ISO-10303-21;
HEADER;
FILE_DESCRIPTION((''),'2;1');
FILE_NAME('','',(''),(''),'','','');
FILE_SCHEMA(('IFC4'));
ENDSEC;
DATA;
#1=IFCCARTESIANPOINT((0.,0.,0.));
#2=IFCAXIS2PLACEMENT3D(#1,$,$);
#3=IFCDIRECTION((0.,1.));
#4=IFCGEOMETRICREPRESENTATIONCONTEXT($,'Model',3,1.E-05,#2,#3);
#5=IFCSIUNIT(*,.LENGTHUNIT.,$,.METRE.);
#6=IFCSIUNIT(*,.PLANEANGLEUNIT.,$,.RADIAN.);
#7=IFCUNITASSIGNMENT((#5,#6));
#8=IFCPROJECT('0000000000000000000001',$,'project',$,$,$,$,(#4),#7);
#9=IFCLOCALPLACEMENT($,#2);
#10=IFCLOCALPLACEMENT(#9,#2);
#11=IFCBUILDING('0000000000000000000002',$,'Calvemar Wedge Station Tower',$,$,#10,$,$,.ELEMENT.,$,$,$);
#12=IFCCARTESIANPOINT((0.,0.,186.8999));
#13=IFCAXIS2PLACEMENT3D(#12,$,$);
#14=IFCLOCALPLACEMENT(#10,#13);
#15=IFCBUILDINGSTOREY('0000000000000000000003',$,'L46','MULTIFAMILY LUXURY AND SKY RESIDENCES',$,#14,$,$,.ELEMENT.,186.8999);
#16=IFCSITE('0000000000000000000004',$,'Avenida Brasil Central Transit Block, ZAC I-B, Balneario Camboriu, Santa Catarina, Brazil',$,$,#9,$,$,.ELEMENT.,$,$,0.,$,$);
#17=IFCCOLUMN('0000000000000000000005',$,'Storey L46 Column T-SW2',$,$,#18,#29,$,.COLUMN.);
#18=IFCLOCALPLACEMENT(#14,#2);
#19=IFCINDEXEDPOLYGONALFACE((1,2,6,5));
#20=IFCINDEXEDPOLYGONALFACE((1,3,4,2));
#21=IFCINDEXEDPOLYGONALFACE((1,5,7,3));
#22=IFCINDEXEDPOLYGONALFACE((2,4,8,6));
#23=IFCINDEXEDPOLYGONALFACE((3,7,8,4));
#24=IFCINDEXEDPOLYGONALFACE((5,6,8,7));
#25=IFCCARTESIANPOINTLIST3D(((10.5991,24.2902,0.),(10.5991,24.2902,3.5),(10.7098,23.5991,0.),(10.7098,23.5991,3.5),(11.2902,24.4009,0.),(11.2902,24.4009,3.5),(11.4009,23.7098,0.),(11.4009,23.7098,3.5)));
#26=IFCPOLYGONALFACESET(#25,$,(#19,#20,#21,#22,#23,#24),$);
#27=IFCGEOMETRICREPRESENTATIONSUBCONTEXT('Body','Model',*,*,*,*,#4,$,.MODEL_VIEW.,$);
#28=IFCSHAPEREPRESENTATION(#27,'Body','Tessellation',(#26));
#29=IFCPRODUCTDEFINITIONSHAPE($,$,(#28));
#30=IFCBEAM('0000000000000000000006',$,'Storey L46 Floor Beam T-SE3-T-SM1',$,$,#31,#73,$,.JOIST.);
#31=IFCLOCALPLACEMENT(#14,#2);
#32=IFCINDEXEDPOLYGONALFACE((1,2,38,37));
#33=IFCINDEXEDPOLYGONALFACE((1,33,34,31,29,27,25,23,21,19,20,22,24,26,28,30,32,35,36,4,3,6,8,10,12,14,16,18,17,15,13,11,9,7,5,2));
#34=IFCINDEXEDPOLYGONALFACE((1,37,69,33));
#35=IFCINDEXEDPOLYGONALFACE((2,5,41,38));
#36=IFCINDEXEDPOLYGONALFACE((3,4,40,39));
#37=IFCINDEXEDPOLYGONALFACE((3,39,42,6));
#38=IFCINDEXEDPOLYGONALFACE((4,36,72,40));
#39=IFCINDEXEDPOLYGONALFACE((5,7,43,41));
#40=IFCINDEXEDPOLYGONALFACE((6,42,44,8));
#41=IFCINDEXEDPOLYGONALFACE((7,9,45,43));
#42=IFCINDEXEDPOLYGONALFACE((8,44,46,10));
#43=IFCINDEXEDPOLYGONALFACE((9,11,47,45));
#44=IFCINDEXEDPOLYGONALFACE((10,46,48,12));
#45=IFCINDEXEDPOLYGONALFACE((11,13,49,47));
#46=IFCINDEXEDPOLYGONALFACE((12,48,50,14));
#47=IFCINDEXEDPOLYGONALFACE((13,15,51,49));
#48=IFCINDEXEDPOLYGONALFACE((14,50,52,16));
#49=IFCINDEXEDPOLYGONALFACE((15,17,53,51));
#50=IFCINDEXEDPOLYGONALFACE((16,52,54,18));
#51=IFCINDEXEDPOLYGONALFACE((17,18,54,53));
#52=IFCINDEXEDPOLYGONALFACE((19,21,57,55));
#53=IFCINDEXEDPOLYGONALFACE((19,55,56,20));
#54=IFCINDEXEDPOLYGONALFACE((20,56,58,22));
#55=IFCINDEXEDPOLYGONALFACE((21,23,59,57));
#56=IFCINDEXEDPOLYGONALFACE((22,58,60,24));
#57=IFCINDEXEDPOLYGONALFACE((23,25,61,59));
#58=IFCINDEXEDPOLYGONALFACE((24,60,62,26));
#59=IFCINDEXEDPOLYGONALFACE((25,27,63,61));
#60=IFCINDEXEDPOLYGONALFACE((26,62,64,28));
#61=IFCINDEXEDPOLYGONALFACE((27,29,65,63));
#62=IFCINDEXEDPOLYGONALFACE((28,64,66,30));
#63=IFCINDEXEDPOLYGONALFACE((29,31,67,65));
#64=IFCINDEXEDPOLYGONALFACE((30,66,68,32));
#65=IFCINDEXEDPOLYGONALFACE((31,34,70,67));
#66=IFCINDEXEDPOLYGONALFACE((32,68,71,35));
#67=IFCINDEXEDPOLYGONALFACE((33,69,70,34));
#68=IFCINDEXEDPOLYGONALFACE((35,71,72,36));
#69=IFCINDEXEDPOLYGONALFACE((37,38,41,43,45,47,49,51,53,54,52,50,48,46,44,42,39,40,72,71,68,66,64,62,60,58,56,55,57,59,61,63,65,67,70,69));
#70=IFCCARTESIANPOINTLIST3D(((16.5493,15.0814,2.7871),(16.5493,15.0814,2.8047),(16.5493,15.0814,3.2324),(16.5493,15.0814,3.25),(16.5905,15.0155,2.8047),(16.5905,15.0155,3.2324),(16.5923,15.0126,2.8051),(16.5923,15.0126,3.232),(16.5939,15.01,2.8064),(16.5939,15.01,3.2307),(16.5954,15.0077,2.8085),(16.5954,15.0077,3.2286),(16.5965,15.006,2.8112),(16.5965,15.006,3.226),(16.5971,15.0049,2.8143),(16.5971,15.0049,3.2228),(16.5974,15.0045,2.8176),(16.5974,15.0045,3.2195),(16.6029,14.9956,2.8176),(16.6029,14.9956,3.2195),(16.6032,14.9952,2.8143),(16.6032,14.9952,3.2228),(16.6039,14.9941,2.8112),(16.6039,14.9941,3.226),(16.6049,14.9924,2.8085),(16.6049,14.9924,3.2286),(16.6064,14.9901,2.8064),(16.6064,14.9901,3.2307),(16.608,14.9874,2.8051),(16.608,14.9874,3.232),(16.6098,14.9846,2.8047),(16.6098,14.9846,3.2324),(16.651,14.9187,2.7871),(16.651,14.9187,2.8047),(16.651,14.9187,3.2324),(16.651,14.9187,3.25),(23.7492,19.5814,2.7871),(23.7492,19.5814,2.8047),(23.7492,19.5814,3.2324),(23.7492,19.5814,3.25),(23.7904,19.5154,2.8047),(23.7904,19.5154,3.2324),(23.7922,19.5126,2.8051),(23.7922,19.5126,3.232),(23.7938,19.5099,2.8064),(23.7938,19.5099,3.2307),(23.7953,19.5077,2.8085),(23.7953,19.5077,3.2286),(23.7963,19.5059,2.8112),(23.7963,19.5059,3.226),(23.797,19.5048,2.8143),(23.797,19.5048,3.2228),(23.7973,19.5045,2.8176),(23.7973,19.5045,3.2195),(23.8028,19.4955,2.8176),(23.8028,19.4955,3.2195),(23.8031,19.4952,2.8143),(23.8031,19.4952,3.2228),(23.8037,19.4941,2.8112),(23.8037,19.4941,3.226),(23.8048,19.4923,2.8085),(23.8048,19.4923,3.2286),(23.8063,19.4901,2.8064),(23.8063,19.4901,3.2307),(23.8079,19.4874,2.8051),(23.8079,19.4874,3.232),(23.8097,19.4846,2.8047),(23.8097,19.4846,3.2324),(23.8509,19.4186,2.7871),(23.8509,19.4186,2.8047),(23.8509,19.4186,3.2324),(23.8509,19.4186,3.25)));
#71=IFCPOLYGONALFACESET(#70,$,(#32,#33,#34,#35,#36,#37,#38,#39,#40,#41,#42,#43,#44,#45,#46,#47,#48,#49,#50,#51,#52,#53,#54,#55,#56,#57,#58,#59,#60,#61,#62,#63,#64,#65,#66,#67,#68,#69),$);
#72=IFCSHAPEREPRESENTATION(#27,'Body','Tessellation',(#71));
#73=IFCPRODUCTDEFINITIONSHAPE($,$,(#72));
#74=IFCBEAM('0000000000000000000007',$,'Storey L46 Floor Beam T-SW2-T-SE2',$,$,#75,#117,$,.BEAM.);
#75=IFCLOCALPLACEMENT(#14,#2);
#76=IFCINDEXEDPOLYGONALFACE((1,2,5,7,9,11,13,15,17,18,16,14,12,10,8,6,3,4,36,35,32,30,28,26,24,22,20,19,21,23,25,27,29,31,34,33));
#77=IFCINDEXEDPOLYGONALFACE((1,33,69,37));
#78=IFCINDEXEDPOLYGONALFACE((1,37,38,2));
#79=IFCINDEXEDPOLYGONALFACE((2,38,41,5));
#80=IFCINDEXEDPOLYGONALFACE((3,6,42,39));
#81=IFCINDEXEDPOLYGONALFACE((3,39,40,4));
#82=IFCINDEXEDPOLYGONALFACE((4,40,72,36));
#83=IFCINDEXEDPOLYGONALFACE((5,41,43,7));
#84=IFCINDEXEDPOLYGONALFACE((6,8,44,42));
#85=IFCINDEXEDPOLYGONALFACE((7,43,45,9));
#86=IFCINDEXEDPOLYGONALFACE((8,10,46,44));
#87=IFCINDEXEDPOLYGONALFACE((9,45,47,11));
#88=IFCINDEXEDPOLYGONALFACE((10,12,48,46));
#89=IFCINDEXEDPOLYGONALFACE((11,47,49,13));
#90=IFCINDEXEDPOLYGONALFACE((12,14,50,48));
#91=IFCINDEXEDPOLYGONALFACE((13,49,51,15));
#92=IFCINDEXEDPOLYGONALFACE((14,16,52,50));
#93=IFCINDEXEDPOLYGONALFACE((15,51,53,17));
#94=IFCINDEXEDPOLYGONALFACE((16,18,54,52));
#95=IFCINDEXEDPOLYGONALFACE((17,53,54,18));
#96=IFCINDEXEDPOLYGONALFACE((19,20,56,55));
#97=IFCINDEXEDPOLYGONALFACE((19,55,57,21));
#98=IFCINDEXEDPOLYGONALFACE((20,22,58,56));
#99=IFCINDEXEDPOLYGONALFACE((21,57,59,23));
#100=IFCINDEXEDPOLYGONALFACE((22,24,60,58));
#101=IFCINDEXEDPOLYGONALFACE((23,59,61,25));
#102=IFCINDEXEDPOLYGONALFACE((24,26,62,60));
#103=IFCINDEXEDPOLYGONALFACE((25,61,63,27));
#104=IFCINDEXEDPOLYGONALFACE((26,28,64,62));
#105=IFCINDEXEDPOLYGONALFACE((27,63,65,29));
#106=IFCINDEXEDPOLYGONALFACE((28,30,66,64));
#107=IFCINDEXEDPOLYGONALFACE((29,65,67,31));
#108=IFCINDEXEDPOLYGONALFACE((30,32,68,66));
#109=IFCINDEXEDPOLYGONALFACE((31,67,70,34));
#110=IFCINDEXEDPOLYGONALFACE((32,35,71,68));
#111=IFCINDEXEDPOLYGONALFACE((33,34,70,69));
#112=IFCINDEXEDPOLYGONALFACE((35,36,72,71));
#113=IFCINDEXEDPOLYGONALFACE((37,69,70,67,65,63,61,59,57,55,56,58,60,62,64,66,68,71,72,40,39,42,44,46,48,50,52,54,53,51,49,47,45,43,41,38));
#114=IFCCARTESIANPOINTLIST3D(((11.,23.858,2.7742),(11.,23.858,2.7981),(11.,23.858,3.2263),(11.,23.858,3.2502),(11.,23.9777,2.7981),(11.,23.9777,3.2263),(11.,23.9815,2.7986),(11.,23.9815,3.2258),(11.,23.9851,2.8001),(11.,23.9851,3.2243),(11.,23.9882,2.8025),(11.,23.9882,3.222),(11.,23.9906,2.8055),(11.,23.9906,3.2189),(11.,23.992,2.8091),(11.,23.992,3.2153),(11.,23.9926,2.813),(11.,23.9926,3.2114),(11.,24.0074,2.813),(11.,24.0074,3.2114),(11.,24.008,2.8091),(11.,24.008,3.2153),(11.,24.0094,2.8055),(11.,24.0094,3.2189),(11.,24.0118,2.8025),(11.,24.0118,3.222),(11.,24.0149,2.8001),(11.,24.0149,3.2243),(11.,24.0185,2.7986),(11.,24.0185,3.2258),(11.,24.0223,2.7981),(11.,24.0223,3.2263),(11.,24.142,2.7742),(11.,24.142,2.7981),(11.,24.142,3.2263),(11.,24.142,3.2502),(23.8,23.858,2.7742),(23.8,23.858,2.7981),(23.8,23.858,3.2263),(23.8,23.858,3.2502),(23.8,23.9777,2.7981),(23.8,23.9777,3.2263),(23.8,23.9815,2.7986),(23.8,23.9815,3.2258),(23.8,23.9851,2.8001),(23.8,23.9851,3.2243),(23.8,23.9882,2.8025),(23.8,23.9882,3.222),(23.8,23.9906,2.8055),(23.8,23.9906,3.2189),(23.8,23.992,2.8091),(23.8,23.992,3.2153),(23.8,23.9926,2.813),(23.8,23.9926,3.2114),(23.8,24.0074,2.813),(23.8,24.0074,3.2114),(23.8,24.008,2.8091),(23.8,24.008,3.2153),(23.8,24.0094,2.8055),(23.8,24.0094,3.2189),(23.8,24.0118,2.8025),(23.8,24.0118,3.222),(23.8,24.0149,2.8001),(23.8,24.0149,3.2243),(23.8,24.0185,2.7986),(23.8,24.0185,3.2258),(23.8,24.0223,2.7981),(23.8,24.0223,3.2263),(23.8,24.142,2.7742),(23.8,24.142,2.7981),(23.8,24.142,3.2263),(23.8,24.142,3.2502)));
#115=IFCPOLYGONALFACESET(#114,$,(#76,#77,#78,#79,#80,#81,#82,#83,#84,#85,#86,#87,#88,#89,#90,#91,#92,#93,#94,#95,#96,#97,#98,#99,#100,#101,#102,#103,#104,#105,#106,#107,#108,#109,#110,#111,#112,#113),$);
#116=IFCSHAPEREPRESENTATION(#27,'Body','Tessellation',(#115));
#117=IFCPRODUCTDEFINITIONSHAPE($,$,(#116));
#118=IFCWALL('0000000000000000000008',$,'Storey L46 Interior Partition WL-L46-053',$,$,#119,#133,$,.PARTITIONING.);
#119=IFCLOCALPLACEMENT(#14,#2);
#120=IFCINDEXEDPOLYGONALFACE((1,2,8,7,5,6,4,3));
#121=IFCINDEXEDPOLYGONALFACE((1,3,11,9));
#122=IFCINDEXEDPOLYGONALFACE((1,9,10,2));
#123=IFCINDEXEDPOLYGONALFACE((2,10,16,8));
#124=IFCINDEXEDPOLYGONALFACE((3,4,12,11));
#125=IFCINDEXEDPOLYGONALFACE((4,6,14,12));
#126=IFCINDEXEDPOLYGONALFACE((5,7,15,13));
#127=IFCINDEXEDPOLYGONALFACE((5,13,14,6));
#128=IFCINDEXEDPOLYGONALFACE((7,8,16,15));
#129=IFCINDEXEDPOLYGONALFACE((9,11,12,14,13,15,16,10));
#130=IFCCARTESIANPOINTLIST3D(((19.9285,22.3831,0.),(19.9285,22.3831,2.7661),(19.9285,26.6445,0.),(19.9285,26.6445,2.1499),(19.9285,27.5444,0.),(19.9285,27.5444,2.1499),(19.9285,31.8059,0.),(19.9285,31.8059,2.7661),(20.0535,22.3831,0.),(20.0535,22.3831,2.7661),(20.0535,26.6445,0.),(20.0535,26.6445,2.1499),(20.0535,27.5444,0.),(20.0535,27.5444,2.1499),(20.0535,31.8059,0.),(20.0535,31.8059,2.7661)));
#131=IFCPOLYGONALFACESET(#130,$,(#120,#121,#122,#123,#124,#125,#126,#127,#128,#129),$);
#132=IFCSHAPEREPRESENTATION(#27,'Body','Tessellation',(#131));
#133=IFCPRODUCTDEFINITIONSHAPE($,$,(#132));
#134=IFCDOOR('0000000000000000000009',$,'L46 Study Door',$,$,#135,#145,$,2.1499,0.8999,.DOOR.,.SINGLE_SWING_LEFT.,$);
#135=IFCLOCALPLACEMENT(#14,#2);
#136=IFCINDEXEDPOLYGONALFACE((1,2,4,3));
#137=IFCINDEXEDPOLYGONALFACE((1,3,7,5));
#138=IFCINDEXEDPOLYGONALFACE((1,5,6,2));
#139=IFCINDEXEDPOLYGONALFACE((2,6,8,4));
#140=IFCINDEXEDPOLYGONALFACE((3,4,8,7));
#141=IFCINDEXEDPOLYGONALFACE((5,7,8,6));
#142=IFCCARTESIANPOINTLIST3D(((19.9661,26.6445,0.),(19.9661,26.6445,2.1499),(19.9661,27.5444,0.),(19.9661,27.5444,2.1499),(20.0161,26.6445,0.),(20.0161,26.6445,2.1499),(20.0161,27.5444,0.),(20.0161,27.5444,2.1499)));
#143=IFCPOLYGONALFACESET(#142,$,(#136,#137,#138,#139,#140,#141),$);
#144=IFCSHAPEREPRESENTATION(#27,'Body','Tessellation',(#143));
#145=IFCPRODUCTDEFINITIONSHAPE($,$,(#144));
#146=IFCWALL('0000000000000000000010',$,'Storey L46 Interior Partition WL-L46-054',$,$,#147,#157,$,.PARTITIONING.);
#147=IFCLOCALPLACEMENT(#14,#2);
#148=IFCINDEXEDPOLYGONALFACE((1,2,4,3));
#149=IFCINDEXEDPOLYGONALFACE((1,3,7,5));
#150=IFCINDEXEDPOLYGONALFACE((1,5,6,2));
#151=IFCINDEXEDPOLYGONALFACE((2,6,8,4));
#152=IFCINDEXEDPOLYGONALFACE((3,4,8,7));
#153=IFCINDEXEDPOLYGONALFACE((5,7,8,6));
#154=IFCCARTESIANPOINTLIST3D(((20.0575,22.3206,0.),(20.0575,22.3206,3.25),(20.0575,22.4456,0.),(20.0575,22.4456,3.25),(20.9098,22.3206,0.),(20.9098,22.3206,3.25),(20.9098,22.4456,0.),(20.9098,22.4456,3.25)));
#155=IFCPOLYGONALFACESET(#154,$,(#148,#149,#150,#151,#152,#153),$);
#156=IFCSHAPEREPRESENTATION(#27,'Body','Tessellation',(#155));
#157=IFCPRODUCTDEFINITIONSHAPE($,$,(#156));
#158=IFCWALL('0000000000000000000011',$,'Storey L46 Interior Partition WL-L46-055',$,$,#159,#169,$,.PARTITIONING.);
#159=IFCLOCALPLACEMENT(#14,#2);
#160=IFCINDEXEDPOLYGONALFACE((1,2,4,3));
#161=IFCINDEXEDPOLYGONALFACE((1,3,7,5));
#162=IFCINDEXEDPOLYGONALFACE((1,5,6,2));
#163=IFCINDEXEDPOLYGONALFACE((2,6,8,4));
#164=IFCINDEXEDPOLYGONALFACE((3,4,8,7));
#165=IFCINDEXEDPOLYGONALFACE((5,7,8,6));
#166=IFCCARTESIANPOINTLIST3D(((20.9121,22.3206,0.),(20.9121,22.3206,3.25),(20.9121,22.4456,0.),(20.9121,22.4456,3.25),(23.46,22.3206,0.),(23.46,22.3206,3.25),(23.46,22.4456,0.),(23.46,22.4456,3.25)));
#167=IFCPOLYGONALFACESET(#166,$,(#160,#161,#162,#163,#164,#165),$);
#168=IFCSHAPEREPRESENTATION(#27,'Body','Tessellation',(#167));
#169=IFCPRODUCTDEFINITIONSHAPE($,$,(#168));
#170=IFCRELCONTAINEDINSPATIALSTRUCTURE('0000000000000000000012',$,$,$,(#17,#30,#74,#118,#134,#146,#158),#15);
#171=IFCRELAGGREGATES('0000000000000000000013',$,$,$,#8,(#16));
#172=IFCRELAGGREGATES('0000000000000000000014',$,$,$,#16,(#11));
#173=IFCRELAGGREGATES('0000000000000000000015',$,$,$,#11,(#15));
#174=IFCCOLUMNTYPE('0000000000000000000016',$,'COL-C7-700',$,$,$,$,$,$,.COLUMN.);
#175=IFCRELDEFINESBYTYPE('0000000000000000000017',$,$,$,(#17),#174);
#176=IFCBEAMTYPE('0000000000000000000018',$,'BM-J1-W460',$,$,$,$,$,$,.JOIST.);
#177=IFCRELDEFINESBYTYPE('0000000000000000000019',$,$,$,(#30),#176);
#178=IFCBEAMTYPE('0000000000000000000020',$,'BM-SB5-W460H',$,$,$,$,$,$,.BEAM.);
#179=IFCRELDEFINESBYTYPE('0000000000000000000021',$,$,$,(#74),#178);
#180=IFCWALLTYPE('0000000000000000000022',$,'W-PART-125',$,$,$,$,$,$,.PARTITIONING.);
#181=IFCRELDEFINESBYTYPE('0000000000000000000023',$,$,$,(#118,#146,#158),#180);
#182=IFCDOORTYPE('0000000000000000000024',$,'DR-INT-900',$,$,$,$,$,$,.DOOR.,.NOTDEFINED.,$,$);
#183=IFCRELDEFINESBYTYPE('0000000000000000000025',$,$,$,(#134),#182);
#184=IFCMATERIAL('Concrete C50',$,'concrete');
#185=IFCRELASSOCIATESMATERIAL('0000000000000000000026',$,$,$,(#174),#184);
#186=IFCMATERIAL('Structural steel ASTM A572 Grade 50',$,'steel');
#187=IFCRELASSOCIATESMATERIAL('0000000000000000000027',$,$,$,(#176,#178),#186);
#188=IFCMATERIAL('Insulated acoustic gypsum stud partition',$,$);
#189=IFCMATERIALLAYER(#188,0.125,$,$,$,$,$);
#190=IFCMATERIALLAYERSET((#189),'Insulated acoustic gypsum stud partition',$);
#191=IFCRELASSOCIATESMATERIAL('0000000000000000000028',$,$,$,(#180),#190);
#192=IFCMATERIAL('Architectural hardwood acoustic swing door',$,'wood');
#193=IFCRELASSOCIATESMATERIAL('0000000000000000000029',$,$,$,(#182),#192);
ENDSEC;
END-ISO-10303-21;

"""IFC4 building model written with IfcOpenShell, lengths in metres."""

from ifc_helpers import new_model, si_unit, direction, frame, frame_2d, origin, origin_2d, place, context, subcontext, project, spatial, rectangle, i_section, extrude, source, transform, mapped, material, layer, layer_set, material_profile, profile_set, type_object, element, fill, save


model = new_model("IFC4")

# Units and contexts
model_context = context("Model", 3, precision=1e-05, world=origin(), true_north=direction((0.0, 1.0)))
body_context = subcontext(model_context, "Body", "Model", "MODEL_VIEW")
ifc_project = project(units=[si_unit("LENGTHUNIT", "METRE"), si_unit("PLANEANGLEUNIT", "RADIAN")], contexts=[model_context])

# Site, building, storey
site_placement = place(None, origin())
site = spatial("IfcSite", under=ifc_project, at=site_placement, Name="Avenida Brasil Central Transit Block, ZAC I-B, Balneario Camboriu, Santa Catarina, Brazil", CompositionType="ELEMENT", RefElevation=0.0)
building_placement = place(site_placement, origin())
building = spatial("IfcBuilding", under=site, at=building_placement, Name="Calvemar Wedge Station Tower", CompositionType="ELEMENT")
storey_placement = place(building_placement, frame((0.0, 0.0, 186.8999)))
storey = spatial("IfcBuildingStorey", under=building, at=storey_placement, Name="L46", Description="MULTIFAMILY LUXURY AND SKY RESIDENCES", CompositionType="ELEMENT", Elevation=186.8999)

# Column
ifc_material_1 = material(Name="Concrete C50", Category="concrete")
ifc_material_profile_1 = material_profile(ifc_material_1, rectangle(XDim=0.7, YDim=0.7, at=origin_2d()), Name="RC700x700")
ifc_profile_set_1 = profile_set([ifc_material_profile_1], Name="Concrete C50")
column_type = type_object("IfcColumnType", Name="COL-C7-700", PredefinedType="COLUMN", material=ifc_profile_set_1)
shared_shape_1 = source(origin(), body_context, "Body", "SweptSolid", [
    extrude(rectangle(XDim=0.7, YDim=0.7, at=origin_2d()), origin(), (0.0, 0.0, 1.0), 3.5),
])
column_placement = place(storey_placement, frame((11.0, 24.0, 0.0), z_axis=(0.0, 0.0, 1.0), x_axis=(0.158158, -0.987414, 0.0)))
element("IfcColumn", 1, at=column_placement, inside=storey, type_object=column_type, Name="Storey L46 Column T-SW2", PredefinedType="COLUMN", context=body_context, shape_type="MappedRepresentation", body=[
    mapped(shared_shape_1, transform((0.0, 0.0, 0.0), scale=1.0)),
])

# Beams
ifc_material_2 = material(Name="Structural steel ASTM A572 Grade 50", Category="steel")
ifc_material_profile_2 = material_profile(ifc_material_2, i_section(OverallWidth=0.1919, OverallDepth=0.4629, WebThickness=0.0105, FlangeThickness=0.0176, FilletRadius=0.0129, at=origin_2d()), Name="W460x89")
ifc_profile_set_2 = profile_set([ifc_material_profile_2], Name="Structural steel ASTM A572 Grade 50")
beam_type_1 = type_object("IfcBeamType", Name="BM-J1-W460", PredefinedType="JOIST", material=ifc_profile_set_2)
shared_shape_2 = source(origin(), body_context, "Body", "SweptSolid", [
    extrude(i_section(OverallWidth=0.1919, OverallDepth=0.4629, WebThickness=0.0105, FlangeThickness=0.0176, FilletRadius=0.0129, at=origin_2d()), origin(), (0.0, 0.0, 1.0), 8.4905),
])
beam_1_placement = place(storey_placement, frame((23.8, 19.5, 3.0186), z_axis=(-0.847997, -0.530002, 0.0), x_axis=(0.530002, -0.847997, 0.0)))
element("IfcBeam", 2, at=beam_1_placement, inside=storey, type_object=beam_type_1, Name="Storey L46 Floor Beam T-SE3-T-SM1", PredefinedType="JOIST", context=body_context, shape_type="MappedRepresentation", body=[
    mapped(shared_shape_2, transform((0.0, 0.0, 0.0), scale=1.0)),
])
ifc_material_profile_3 = material_profile(ifc_material_2, i_section(OverallWidth=0.2839, OverallDepth=0.4761, WebThickness=0.0149, FlangeThickness=0.0239, FilletRadius=0.0149, at=origin_2d()), Name="W460x158")
ifc_profile_set_3 = profile_set([ifc_material_profile_3], Name="Structural steel ASTM A572 Grade 50")
beam_type_2 = type_object("IfcBeamType", Name="BM-SB5-W460H", PredefinedType="BEAM", material=ifc_profile_set_3)
shared_shape_3 = source(origin(), body_context, "Body", "SweptSolid", [
    extrude(i_section(OverallWidth=0.2839, OverallDepth=0.4761, WebThickness=0.0149, FlangeThickness=0.0239, FilletRadius=0.0149, at=origin_2d()), origin(), (0.0, 0.0, 1.0), 12.8),
])
beam_2_placement = place(storey_placement, frame((11.0, 24.0, 3.0122), z_axis=(1.0, 0.0, 0.0), x_axis=(0.0, 1.0, 0.0)))
element("IfcBeam", 3, at=beam_2_placement, inside=storey, type_object=beam_type_2, Name="Storey L46 Floor Beam T-SW2-T-SE2", PredefinedType="BEAM", context=body_context, shape_type="MappedRepresentation", body=[
    mapped(shared_shape_3, transform((0.0, 0.0, 0.0), scale=1.0)),
])

# Wall, opening, door
ifc_material_3 = material(Name="Insulated acoustic gypsum stud partition")
ifc_layer_1 = layer(ifc_material_3, 0.125)
ifc_layer_set_1 = layer_set([ifc_layer_1], Name="Insulated acoustic gypsum stud partition")
wall_type_1 = type_object("IfcWallType", Name="W-PART-125", PredefinedType="PARTITIONING", material=ifc_layer_set_1)
wall_1_placement = place(storey_placement, frame((19.991, 22.3831, 0.0), z_axis=(0.0, 0.0, 1.0), x_axis=(0.0, 1.0, 0.0)))
wall_1 = element("IfcWall", 4, at=wall_1_placement, inside=storey, type_object=wall_type_1, Name="Storey L46 Interior Partition WL-L46-053", PredefinedType="PARTITIONING", context=body_context, shape_type="SweptSolid", body=[
    extrude(rectangle(XDim=9.4229, YDim=0.125, at=frame_2d((4.7114, 0.0))), origin(), (0.0, 0.0, 1.0), 2.7661),
])
shared_shape_4 = source(origin(), body_context, "Body", "SweptSolid", [
    extrude(rectangle(XDim=0.8999, YDim=2.1499, at=frame_2d((0.45, 1.075))), frame((0.0, 0.0725, 0.0), z_axis=(0.0, -1.0, 0.0), x_axis=(1.0, 0.0, 0.0)), (0.0, 0.0, 1.0), 0.145),
])
opening_1_placement = place(wall_1_placement, frame((4.2615, 0.0, 0.0)))
opening_1 = element("IfcOpeningElement", 5, at=opening_1_placement, cuts=wall_1, PredefinedType="OPENING", context=body_context, shape_type="MappedRepresentation", body=[
    mapped(shared_shape_4, transform((0.0, 0.0, 0.0), scale=1.0)),
])
ifc_material_4 = material(Name="Architectural hardwood acoustic swing door", Category="wood")
door_type_1 = type_object("IfcDoorType", Name="DR-INT-900", OperationType="NOTDEFINED", PredefinedType="DOOR", material=ifc_material_4)
shared_shape_5 = source(origin(), body_context, "Body", "SweptSolid", [
    extrude(rectangle(XDim=0.8999, YDim=2.1499, at=frame_2d((0.45, 1.075))), frame((0.0, 0.0249, 0.0), z_axis=(0.0, -1.0, 0.0), x_axis=(1.0, 0.0, 0.0)), (0.0, 0.0, 1.0), 0.05),
])
door_1_placement = place(opening_1_placement, origin())
door_1 = element("IfcDoor", 6, at=door_1_placement, inside=storey, type_object=door_type_1, Name="L46 Study Door", OperationType="SINGLE_SWING_LEFT", OverallHeight=2.1499, OverallWidth=0.8999, PredefinedType="DOOR", context=body_context, shape_type="MappedRepresentation", body=[
    mapped(shared_shape_5, transform((0.0, 0.0, 0.0), scale=1.0)),
])
fill(opening_1, door_1)

# Walls
wall_2_placement = place(storey_placement, frame((20.9099, 22.3831, 0.0), z_axis=(0.0, 0.0, 1.0), x_axis=(-1.0, 0.0, 0.0)))
element("IfcWall", 7, at=wall_2_placement, inside=storey, type_object=wall_type_1, Name="Storey L46 Interior Partition WL-L46-054", PredefinedType="PARTITIONING", context=body_context, shape_type="SweptSolid", body=[
    extrude(rectangle(XDim=0.8523, YDim=0.125, at=frame_2d((0.4263, 0.0))), origin(), (0.0, 0.0, 1.0), 3.25),
])
wall_3_placement = place(storey_placement, frame((23.46, 22.3831, 0.0), z_axis=(0.0, 0.0, 1.0), x_axis=(-1.0, 0.0, 0.0)))
element("IfcWall", 8, at=wall_3_placement, inside=storey, type_object=wall_type_1, Name="Storey L46 Interior Partition WL-L46-055", PredefinedType="PARTITIONING", context=body_context, shape_type="SweptSolid", body=[
    extrude(rectangle(XDim=2.5479, YDim=0.125, at=frame_2d((1.2739, 0.0))), origin(), (0.0, 0.0, 1.0), 3.25),
])

save(model, "model.ifc")
